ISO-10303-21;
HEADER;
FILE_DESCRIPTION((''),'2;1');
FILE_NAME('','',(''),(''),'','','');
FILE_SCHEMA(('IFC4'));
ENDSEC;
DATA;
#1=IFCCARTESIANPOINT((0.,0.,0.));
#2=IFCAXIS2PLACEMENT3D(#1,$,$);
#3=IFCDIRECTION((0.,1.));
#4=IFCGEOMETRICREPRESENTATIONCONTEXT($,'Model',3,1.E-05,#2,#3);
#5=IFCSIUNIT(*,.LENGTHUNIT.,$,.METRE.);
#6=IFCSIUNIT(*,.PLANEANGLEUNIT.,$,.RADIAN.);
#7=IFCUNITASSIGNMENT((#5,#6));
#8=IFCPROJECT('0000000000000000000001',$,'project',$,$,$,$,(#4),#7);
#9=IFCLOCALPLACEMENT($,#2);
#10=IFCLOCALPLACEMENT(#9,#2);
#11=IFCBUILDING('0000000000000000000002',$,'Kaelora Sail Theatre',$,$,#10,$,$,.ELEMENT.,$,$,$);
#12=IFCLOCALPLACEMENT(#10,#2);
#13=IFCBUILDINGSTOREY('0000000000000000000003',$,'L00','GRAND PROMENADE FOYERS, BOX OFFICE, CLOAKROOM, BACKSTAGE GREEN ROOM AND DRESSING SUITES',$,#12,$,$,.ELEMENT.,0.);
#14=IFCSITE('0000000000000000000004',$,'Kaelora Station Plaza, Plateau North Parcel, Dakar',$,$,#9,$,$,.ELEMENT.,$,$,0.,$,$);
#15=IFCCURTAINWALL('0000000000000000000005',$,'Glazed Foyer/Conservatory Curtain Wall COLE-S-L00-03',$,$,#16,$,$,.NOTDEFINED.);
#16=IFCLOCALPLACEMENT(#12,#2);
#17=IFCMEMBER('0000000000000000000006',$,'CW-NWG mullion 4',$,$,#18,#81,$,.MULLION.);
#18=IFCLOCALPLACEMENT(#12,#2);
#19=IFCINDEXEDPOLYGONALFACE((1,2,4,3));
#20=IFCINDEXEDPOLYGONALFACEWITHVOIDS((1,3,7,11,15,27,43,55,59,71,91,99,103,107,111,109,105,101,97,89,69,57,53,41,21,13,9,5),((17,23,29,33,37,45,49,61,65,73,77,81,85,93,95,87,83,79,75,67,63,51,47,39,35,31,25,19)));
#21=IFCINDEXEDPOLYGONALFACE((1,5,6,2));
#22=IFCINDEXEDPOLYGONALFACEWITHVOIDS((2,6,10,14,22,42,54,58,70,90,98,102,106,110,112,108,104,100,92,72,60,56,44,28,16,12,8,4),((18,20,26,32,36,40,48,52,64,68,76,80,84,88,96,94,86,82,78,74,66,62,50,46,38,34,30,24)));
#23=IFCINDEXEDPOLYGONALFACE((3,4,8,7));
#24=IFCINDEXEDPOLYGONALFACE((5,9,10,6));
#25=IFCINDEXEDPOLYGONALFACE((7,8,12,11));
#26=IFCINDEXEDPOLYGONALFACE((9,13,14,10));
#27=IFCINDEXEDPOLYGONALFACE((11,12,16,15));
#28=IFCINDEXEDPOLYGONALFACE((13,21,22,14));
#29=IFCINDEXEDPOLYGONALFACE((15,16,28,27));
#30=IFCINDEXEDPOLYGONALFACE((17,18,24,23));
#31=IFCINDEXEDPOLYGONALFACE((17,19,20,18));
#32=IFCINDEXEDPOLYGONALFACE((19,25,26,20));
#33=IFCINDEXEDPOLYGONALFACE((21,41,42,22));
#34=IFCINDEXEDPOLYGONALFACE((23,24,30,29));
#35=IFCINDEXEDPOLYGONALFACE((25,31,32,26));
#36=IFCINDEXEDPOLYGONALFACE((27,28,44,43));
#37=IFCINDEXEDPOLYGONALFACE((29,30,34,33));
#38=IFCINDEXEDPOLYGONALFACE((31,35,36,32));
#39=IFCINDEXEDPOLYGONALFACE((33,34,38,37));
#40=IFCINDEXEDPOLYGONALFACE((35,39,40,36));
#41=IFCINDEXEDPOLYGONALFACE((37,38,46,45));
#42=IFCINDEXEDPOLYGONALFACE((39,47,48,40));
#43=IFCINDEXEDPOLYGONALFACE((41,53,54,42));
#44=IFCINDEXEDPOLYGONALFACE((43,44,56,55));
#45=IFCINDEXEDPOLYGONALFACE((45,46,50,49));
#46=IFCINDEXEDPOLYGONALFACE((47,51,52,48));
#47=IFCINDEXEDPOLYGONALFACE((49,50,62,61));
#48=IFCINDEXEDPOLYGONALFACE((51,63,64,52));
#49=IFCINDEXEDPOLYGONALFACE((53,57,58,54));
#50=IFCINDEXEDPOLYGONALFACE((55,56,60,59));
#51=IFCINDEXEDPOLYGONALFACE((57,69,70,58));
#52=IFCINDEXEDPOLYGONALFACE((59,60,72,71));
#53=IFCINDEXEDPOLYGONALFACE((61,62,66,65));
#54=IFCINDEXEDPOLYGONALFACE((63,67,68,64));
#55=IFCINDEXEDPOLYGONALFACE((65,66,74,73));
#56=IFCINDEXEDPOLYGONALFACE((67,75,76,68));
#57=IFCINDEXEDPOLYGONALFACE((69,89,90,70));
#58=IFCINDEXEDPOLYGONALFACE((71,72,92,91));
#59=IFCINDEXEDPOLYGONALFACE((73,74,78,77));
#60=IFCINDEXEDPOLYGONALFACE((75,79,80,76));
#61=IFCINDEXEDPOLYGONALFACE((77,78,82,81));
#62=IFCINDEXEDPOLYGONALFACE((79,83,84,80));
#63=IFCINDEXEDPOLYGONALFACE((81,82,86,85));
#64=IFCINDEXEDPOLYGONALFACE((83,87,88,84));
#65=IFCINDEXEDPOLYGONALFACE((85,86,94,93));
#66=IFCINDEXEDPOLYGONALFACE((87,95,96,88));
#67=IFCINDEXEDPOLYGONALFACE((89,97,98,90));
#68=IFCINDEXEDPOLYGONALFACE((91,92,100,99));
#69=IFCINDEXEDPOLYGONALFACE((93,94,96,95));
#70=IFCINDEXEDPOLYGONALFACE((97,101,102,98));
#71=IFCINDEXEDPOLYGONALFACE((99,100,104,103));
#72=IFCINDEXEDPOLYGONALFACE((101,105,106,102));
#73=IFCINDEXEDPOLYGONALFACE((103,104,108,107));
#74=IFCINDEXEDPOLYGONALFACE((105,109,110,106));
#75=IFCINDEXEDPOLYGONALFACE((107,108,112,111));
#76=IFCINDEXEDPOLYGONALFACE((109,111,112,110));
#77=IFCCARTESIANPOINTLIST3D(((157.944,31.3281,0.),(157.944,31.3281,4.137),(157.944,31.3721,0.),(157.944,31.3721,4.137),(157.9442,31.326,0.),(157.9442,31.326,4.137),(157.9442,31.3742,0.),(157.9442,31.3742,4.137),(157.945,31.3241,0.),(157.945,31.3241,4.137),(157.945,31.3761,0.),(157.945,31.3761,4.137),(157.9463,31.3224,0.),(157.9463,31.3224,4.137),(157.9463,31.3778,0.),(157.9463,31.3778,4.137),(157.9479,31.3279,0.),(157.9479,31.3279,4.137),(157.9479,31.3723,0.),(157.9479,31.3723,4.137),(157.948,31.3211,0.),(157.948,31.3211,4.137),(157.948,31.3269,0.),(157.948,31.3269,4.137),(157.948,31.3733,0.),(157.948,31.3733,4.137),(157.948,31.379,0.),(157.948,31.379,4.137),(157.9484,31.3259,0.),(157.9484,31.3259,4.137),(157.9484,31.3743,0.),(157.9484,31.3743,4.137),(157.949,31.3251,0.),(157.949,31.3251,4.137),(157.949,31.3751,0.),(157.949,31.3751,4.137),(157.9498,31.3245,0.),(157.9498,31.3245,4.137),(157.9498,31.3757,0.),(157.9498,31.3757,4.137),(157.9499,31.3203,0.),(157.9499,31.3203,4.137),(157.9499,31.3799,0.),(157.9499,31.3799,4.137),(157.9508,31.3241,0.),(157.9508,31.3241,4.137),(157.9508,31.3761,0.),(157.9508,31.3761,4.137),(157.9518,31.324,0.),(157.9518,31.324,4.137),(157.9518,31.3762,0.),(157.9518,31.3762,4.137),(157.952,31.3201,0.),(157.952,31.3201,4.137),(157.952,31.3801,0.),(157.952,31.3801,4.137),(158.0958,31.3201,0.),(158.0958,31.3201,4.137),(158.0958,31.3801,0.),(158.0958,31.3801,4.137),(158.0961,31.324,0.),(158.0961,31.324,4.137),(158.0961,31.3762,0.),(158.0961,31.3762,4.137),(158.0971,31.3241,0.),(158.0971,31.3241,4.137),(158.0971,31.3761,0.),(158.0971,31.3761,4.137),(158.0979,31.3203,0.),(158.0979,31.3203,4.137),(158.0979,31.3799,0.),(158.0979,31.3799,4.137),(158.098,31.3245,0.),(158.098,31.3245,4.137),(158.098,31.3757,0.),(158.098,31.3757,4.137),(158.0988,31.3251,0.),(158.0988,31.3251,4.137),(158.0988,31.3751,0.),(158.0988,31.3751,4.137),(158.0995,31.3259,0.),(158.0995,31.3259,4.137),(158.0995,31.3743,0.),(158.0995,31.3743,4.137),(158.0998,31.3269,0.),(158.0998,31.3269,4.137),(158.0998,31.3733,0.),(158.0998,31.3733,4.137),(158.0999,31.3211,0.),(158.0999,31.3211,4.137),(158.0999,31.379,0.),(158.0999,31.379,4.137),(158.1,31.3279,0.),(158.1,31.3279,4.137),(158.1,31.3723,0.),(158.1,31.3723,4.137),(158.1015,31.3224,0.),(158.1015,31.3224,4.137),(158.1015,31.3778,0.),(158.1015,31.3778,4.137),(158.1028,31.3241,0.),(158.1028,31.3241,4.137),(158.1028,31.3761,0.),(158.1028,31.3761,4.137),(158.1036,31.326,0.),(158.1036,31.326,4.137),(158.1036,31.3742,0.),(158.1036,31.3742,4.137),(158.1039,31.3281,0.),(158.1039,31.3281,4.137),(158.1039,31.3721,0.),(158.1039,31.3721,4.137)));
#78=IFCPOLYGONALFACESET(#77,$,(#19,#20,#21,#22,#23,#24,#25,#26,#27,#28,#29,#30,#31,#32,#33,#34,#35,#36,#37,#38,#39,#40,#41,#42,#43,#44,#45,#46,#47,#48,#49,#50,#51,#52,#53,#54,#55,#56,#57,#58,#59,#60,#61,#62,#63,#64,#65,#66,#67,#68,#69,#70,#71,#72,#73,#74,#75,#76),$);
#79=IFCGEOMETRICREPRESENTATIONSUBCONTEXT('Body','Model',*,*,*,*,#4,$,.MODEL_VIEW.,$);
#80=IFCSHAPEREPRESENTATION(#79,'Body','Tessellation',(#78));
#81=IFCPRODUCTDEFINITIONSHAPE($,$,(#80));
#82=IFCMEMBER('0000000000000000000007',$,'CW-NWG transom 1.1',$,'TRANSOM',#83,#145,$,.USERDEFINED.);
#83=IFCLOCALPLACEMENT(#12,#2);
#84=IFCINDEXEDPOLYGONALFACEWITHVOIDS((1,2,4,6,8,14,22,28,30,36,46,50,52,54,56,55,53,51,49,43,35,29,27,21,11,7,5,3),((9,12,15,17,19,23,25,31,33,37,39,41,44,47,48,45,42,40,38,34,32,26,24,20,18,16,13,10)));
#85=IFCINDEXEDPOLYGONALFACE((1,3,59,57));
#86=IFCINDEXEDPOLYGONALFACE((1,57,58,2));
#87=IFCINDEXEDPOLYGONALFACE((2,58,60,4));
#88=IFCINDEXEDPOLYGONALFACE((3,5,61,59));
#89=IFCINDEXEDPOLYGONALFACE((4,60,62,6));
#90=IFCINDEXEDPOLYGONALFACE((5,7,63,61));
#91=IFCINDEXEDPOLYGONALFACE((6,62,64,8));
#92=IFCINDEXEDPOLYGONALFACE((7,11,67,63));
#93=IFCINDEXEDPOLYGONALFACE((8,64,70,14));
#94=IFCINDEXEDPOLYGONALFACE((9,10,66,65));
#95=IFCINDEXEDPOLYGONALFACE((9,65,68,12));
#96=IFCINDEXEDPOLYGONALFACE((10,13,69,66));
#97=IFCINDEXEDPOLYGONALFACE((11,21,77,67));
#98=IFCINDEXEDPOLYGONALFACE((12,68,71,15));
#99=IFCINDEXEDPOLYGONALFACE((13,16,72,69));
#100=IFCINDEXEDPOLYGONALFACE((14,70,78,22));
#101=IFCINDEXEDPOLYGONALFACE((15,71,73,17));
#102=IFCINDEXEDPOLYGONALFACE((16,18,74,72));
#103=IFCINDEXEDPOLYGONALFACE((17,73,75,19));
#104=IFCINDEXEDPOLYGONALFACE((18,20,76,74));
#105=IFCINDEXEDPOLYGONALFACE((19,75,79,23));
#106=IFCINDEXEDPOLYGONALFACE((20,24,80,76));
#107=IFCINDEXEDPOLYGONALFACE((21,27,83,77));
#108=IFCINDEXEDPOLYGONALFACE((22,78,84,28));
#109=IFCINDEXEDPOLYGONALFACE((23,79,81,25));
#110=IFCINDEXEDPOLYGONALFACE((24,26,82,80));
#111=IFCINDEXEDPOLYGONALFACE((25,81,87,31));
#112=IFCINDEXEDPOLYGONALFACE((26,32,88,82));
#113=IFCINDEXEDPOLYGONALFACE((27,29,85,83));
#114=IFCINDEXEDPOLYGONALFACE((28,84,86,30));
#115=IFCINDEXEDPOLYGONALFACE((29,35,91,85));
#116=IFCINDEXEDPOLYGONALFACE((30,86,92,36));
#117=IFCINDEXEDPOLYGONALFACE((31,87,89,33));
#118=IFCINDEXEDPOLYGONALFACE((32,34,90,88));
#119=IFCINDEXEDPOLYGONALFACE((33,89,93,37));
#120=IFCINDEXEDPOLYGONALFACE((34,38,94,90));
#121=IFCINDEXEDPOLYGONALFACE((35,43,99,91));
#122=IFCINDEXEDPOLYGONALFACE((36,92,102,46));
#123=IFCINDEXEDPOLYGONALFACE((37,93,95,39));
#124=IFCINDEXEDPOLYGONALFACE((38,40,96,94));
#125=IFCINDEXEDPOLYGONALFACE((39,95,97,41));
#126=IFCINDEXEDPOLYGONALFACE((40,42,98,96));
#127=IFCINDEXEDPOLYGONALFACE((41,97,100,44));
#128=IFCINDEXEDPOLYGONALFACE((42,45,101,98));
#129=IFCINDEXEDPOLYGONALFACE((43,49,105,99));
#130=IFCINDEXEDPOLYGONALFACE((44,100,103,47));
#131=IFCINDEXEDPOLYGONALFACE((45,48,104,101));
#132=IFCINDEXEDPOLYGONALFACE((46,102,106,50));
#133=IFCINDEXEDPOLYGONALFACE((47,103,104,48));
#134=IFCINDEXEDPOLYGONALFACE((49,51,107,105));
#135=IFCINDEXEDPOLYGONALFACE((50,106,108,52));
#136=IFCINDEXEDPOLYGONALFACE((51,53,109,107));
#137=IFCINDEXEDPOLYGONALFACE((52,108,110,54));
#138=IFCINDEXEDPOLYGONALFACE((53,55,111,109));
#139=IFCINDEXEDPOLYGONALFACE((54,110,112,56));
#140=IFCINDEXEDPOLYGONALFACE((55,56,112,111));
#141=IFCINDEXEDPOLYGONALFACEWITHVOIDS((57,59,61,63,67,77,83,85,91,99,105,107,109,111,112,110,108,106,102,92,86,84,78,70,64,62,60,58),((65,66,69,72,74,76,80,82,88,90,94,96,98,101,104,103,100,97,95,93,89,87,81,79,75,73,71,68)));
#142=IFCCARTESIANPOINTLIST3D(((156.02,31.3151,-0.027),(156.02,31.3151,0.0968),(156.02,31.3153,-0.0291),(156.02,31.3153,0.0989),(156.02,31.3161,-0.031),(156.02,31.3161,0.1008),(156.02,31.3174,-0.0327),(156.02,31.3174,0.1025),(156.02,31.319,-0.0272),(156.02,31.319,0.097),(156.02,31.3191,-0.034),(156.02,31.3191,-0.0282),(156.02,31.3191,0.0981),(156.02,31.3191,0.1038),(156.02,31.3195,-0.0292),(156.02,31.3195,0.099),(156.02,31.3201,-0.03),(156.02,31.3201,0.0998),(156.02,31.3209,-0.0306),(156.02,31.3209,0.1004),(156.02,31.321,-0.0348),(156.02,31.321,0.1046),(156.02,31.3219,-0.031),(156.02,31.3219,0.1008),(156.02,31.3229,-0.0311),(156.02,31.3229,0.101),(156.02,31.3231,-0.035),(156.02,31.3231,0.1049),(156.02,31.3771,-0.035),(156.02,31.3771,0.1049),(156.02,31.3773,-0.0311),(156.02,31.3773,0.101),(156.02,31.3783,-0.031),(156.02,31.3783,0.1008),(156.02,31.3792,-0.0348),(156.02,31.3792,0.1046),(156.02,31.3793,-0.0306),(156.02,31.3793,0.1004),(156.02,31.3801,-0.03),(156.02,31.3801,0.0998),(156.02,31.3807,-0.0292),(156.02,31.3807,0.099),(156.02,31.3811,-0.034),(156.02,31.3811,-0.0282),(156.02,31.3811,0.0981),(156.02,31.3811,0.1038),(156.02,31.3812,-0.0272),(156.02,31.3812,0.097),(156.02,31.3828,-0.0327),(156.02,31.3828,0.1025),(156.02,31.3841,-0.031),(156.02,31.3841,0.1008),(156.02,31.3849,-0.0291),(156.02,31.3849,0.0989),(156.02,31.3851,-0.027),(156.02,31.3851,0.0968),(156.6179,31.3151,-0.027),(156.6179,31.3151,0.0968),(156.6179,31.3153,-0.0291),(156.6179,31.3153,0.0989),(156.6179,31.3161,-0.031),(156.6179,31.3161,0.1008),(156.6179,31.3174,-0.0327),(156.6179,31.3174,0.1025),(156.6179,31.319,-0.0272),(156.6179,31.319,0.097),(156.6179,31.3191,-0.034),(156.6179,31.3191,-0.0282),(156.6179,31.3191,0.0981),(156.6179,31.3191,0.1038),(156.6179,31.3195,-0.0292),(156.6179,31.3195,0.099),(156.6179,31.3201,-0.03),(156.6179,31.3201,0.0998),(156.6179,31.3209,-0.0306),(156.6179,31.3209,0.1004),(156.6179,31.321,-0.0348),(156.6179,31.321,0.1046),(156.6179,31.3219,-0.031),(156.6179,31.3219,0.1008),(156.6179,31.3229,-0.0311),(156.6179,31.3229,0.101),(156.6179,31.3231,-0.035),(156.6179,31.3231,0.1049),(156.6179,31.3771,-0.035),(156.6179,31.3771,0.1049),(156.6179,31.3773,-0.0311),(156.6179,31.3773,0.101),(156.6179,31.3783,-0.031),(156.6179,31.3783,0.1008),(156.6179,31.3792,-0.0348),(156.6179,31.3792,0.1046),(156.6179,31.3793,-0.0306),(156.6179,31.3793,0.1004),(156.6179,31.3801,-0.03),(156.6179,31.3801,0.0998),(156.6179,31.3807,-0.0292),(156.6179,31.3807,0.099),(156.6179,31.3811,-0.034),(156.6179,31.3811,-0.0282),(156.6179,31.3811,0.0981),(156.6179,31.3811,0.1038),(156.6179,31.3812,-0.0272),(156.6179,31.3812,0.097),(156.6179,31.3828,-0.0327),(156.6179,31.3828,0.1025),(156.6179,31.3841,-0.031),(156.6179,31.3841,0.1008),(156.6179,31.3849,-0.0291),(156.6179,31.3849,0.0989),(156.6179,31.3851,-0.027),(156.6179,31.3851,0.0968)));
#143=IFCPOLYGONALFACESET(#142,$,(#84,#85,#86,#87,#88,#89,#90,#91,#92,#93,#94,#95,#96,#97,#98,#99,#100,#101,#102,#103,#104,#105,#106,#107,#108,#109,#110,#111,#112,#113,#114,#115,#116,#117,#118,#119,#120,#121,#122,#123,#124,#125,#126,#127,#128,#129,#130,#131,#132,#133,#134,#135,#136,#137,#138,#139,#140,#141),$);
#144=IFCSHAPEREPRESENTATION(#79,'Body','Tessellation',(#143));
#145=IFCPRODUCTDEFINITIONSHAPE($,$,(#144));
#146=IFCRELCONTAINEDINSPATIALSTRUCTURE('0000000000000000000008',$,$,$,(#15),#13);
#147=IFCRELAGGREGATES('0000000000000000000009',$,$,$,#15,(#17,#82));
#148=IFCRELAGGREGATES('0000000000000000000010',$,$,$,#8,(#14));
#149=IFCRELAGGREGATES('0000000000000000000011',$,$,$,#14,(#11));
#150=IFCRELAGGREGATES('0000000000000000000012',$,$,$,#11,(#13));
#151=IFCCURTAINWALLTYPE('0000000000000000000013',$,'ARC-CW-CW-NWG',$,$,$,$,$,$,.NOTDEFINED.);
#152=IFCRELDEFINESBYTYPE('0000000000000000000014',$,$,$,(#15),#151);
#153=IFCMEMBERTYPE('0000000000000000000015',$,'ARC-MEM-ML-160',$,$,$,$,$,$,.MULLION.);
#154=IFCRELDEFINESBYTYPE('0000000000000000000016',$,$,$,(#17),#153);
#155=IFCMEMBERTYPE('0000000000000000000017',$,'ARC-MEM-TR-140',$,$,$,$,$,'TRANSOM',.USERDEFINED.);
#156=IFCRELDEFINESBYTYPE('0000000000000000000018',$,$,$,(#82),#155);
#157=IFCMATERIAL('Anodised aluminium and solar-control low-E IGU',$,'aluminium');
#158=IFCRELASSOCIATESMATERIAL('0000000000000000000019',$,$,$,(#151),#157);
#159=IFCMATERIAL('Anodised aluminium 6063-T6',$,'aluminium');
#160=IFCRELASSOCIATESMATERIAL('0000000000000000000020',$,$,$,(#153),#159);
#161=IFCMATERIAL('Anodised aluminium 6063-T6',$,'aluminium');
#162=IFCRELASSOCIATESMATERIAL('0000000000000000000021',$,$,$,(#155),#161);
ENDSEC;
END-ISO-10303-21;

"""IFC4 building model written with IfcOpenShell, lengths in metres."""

from ifc_helpers import new_model, si_unit, direction, frame, origin, origin_2d, place, context, subcontext, project, spatial, hollow_rectangle, extrude, material, material_profile, profile_set, type_object, element, aggregate, save


model = new_model("IFC4")

# Units and contexts
model_context = context("Model", 3, precision=1e-05, world=origin(), true_north=direction((0.0, 1.0)))
body_context = subcontext(model_context, "Body", "Model", "MODEL_VIEW")
ifc_project = project(units=[si_unit("LENGTHUNIT", "METRE"), si_unit("PLANEANGLEUNIT", "RADIAN")], contexts=[model_context])

# Site, building, storey
site_placement = place(None, origin())
site = spatial("IfcSite", under=ifc_project, at=site_placement, Name="Kaelora Station Plaza, Plateau North Parcel, Dakar", CompositionType="ELEMENT", RefElevation=0.0)
building_placement = place(site_placement, origin())
building = spatial("IfcBuilding", under=site, at=building_placement, Name="Kaelora Sail Theatre", CompositionType="ELEMENT")
storey_placement = place(building_placement, origin())
storey = spatial("IfcBuildingStorey", under=building, at=storey_placement, Name="L00", Description="GRAND PROMENADE FOYERS, BOX OFFICE, CLOAKROOM, BACKSTAGE GREEN ROOM AND DRESSING SUITES", CompositionType="ELEMENT", Elevation=0.0)

# Shared definitions
ifc_material_1 = material(Name="Anodised aluminium and solar-control low-E IGU", Category="aluminium")
curtain_wall_type = type_object("IfcCurtainWallType", Name="ARC-CW-CW-NWG", PredefinedType="NOTDEFINED", material=ifc_material_1)
ifc_material_2 = material(Name="Anodised aluminium 6063-T6", Category="aluminium")
ifc_material_profile_1 = material_profile(ifc_material_2, hollow_rectangle(XDim=0.0601, YDim=0.1599, WallThickness=0.0039, InnerFilletRadius=0.0039, OuterFilletRadius=0.0081, at=origin_2d()), Name="ALU-MULL 60x160x4")
ifc_profile_set_1 = profile_set([ifc_material_profile_1], Name="Anodised aluminium 6063-T6")
member_type_1 = type_object("IfcMemberType", Name="ARC-MEM-ML-160", PredefinedType="MULLION", material=ifc_profile_set_1)

# Curtain wall, members
curtain_wall_1_placement = place(storey_placement, origin())
curtain_wall_1 = element("IfcCurtainWall", 1, at=curtain_wall_1_placement, inside=storey, type_object=curtain_wall_type, Name="Glazed Foyer/Conservatory Curtain Wall COLE-S-L00-03", PredefinedType="NOTDEFINED")
member_1_placement = place(storey_placement, frame((158.0239, 31.3501, 0.0), z_axis=(0.0, 0.0, 1.0), x_axis=(0.0, 1.0, 0.0)))
member_1 = element("IfcMember", 2, at=member_1_placement, type_object=member_type_1, Name="CW-NWG mullion 4", PredefinedType="MULLION", context=body_context, shape_type="SweptSolid", body=[
    extrude(hollow_rectangle(XDim=0.0601, YDim=0.1599, WallThickness=0.0039, InnerFilletRadius=0.0039, OuterFilletRadius=0.0081, at=origin_2d()), origin(), (0.0, 0.0, 1.0), 4.137),
])
ifc_material_3 = material(Name="Anodised aluminium 6063-T6", Category="aluminium")
ifc_material_profile_2 = material_profile(ifc_material_3, hollow_rectangle(XDim=0.0701, YDim=0.1399, WallThickness=0.0039, InnerFilletRadius=0.0039, OuterFilletRadius=0.0081, at=origin_2d()), Name="ALU-TRAN 70x140x4")
ifc_profile_set_2 = profile_set([ifc_material_profile_2], Name="Anodised aluminium 6063-T6")
member_type_2 = type_object("IfcMemberType", Name="ARC-MEM-TR-140", ElementType="TRANSOM", PredefinedType="USERDEFINED", material=ifc_profile_set_2)
member_2_placement = place(storey_placement, frame((156.02, 31.3501, 0.0349), z_axis=(1.0, 0.0, 0.0), x_axis=(0.0, 1.0, 0.0)))
member_2 = element("IfcMember", 3, at=member_2_placement, type_object=member_type_2, Name="CW-NWG transom 1.1", ObjectType="TRANSOM", PredefinedType="USERDEFINED", context=body_context, shape_type="SweptSolid", body=[
    extrude(hollow_rectangle(XDim=0.0701, YDim=0.1399, WallThickness=0.0039, InnerFilletRadius=0.0039, OuterFilletRadius=0.0081, at=origin_2d()), origin(), (0.0, 0.0, 1.0), 0.5979),
])

aggregate(curtain_wall_1, [member_1, member_2])

save(model, "model.ifc")
